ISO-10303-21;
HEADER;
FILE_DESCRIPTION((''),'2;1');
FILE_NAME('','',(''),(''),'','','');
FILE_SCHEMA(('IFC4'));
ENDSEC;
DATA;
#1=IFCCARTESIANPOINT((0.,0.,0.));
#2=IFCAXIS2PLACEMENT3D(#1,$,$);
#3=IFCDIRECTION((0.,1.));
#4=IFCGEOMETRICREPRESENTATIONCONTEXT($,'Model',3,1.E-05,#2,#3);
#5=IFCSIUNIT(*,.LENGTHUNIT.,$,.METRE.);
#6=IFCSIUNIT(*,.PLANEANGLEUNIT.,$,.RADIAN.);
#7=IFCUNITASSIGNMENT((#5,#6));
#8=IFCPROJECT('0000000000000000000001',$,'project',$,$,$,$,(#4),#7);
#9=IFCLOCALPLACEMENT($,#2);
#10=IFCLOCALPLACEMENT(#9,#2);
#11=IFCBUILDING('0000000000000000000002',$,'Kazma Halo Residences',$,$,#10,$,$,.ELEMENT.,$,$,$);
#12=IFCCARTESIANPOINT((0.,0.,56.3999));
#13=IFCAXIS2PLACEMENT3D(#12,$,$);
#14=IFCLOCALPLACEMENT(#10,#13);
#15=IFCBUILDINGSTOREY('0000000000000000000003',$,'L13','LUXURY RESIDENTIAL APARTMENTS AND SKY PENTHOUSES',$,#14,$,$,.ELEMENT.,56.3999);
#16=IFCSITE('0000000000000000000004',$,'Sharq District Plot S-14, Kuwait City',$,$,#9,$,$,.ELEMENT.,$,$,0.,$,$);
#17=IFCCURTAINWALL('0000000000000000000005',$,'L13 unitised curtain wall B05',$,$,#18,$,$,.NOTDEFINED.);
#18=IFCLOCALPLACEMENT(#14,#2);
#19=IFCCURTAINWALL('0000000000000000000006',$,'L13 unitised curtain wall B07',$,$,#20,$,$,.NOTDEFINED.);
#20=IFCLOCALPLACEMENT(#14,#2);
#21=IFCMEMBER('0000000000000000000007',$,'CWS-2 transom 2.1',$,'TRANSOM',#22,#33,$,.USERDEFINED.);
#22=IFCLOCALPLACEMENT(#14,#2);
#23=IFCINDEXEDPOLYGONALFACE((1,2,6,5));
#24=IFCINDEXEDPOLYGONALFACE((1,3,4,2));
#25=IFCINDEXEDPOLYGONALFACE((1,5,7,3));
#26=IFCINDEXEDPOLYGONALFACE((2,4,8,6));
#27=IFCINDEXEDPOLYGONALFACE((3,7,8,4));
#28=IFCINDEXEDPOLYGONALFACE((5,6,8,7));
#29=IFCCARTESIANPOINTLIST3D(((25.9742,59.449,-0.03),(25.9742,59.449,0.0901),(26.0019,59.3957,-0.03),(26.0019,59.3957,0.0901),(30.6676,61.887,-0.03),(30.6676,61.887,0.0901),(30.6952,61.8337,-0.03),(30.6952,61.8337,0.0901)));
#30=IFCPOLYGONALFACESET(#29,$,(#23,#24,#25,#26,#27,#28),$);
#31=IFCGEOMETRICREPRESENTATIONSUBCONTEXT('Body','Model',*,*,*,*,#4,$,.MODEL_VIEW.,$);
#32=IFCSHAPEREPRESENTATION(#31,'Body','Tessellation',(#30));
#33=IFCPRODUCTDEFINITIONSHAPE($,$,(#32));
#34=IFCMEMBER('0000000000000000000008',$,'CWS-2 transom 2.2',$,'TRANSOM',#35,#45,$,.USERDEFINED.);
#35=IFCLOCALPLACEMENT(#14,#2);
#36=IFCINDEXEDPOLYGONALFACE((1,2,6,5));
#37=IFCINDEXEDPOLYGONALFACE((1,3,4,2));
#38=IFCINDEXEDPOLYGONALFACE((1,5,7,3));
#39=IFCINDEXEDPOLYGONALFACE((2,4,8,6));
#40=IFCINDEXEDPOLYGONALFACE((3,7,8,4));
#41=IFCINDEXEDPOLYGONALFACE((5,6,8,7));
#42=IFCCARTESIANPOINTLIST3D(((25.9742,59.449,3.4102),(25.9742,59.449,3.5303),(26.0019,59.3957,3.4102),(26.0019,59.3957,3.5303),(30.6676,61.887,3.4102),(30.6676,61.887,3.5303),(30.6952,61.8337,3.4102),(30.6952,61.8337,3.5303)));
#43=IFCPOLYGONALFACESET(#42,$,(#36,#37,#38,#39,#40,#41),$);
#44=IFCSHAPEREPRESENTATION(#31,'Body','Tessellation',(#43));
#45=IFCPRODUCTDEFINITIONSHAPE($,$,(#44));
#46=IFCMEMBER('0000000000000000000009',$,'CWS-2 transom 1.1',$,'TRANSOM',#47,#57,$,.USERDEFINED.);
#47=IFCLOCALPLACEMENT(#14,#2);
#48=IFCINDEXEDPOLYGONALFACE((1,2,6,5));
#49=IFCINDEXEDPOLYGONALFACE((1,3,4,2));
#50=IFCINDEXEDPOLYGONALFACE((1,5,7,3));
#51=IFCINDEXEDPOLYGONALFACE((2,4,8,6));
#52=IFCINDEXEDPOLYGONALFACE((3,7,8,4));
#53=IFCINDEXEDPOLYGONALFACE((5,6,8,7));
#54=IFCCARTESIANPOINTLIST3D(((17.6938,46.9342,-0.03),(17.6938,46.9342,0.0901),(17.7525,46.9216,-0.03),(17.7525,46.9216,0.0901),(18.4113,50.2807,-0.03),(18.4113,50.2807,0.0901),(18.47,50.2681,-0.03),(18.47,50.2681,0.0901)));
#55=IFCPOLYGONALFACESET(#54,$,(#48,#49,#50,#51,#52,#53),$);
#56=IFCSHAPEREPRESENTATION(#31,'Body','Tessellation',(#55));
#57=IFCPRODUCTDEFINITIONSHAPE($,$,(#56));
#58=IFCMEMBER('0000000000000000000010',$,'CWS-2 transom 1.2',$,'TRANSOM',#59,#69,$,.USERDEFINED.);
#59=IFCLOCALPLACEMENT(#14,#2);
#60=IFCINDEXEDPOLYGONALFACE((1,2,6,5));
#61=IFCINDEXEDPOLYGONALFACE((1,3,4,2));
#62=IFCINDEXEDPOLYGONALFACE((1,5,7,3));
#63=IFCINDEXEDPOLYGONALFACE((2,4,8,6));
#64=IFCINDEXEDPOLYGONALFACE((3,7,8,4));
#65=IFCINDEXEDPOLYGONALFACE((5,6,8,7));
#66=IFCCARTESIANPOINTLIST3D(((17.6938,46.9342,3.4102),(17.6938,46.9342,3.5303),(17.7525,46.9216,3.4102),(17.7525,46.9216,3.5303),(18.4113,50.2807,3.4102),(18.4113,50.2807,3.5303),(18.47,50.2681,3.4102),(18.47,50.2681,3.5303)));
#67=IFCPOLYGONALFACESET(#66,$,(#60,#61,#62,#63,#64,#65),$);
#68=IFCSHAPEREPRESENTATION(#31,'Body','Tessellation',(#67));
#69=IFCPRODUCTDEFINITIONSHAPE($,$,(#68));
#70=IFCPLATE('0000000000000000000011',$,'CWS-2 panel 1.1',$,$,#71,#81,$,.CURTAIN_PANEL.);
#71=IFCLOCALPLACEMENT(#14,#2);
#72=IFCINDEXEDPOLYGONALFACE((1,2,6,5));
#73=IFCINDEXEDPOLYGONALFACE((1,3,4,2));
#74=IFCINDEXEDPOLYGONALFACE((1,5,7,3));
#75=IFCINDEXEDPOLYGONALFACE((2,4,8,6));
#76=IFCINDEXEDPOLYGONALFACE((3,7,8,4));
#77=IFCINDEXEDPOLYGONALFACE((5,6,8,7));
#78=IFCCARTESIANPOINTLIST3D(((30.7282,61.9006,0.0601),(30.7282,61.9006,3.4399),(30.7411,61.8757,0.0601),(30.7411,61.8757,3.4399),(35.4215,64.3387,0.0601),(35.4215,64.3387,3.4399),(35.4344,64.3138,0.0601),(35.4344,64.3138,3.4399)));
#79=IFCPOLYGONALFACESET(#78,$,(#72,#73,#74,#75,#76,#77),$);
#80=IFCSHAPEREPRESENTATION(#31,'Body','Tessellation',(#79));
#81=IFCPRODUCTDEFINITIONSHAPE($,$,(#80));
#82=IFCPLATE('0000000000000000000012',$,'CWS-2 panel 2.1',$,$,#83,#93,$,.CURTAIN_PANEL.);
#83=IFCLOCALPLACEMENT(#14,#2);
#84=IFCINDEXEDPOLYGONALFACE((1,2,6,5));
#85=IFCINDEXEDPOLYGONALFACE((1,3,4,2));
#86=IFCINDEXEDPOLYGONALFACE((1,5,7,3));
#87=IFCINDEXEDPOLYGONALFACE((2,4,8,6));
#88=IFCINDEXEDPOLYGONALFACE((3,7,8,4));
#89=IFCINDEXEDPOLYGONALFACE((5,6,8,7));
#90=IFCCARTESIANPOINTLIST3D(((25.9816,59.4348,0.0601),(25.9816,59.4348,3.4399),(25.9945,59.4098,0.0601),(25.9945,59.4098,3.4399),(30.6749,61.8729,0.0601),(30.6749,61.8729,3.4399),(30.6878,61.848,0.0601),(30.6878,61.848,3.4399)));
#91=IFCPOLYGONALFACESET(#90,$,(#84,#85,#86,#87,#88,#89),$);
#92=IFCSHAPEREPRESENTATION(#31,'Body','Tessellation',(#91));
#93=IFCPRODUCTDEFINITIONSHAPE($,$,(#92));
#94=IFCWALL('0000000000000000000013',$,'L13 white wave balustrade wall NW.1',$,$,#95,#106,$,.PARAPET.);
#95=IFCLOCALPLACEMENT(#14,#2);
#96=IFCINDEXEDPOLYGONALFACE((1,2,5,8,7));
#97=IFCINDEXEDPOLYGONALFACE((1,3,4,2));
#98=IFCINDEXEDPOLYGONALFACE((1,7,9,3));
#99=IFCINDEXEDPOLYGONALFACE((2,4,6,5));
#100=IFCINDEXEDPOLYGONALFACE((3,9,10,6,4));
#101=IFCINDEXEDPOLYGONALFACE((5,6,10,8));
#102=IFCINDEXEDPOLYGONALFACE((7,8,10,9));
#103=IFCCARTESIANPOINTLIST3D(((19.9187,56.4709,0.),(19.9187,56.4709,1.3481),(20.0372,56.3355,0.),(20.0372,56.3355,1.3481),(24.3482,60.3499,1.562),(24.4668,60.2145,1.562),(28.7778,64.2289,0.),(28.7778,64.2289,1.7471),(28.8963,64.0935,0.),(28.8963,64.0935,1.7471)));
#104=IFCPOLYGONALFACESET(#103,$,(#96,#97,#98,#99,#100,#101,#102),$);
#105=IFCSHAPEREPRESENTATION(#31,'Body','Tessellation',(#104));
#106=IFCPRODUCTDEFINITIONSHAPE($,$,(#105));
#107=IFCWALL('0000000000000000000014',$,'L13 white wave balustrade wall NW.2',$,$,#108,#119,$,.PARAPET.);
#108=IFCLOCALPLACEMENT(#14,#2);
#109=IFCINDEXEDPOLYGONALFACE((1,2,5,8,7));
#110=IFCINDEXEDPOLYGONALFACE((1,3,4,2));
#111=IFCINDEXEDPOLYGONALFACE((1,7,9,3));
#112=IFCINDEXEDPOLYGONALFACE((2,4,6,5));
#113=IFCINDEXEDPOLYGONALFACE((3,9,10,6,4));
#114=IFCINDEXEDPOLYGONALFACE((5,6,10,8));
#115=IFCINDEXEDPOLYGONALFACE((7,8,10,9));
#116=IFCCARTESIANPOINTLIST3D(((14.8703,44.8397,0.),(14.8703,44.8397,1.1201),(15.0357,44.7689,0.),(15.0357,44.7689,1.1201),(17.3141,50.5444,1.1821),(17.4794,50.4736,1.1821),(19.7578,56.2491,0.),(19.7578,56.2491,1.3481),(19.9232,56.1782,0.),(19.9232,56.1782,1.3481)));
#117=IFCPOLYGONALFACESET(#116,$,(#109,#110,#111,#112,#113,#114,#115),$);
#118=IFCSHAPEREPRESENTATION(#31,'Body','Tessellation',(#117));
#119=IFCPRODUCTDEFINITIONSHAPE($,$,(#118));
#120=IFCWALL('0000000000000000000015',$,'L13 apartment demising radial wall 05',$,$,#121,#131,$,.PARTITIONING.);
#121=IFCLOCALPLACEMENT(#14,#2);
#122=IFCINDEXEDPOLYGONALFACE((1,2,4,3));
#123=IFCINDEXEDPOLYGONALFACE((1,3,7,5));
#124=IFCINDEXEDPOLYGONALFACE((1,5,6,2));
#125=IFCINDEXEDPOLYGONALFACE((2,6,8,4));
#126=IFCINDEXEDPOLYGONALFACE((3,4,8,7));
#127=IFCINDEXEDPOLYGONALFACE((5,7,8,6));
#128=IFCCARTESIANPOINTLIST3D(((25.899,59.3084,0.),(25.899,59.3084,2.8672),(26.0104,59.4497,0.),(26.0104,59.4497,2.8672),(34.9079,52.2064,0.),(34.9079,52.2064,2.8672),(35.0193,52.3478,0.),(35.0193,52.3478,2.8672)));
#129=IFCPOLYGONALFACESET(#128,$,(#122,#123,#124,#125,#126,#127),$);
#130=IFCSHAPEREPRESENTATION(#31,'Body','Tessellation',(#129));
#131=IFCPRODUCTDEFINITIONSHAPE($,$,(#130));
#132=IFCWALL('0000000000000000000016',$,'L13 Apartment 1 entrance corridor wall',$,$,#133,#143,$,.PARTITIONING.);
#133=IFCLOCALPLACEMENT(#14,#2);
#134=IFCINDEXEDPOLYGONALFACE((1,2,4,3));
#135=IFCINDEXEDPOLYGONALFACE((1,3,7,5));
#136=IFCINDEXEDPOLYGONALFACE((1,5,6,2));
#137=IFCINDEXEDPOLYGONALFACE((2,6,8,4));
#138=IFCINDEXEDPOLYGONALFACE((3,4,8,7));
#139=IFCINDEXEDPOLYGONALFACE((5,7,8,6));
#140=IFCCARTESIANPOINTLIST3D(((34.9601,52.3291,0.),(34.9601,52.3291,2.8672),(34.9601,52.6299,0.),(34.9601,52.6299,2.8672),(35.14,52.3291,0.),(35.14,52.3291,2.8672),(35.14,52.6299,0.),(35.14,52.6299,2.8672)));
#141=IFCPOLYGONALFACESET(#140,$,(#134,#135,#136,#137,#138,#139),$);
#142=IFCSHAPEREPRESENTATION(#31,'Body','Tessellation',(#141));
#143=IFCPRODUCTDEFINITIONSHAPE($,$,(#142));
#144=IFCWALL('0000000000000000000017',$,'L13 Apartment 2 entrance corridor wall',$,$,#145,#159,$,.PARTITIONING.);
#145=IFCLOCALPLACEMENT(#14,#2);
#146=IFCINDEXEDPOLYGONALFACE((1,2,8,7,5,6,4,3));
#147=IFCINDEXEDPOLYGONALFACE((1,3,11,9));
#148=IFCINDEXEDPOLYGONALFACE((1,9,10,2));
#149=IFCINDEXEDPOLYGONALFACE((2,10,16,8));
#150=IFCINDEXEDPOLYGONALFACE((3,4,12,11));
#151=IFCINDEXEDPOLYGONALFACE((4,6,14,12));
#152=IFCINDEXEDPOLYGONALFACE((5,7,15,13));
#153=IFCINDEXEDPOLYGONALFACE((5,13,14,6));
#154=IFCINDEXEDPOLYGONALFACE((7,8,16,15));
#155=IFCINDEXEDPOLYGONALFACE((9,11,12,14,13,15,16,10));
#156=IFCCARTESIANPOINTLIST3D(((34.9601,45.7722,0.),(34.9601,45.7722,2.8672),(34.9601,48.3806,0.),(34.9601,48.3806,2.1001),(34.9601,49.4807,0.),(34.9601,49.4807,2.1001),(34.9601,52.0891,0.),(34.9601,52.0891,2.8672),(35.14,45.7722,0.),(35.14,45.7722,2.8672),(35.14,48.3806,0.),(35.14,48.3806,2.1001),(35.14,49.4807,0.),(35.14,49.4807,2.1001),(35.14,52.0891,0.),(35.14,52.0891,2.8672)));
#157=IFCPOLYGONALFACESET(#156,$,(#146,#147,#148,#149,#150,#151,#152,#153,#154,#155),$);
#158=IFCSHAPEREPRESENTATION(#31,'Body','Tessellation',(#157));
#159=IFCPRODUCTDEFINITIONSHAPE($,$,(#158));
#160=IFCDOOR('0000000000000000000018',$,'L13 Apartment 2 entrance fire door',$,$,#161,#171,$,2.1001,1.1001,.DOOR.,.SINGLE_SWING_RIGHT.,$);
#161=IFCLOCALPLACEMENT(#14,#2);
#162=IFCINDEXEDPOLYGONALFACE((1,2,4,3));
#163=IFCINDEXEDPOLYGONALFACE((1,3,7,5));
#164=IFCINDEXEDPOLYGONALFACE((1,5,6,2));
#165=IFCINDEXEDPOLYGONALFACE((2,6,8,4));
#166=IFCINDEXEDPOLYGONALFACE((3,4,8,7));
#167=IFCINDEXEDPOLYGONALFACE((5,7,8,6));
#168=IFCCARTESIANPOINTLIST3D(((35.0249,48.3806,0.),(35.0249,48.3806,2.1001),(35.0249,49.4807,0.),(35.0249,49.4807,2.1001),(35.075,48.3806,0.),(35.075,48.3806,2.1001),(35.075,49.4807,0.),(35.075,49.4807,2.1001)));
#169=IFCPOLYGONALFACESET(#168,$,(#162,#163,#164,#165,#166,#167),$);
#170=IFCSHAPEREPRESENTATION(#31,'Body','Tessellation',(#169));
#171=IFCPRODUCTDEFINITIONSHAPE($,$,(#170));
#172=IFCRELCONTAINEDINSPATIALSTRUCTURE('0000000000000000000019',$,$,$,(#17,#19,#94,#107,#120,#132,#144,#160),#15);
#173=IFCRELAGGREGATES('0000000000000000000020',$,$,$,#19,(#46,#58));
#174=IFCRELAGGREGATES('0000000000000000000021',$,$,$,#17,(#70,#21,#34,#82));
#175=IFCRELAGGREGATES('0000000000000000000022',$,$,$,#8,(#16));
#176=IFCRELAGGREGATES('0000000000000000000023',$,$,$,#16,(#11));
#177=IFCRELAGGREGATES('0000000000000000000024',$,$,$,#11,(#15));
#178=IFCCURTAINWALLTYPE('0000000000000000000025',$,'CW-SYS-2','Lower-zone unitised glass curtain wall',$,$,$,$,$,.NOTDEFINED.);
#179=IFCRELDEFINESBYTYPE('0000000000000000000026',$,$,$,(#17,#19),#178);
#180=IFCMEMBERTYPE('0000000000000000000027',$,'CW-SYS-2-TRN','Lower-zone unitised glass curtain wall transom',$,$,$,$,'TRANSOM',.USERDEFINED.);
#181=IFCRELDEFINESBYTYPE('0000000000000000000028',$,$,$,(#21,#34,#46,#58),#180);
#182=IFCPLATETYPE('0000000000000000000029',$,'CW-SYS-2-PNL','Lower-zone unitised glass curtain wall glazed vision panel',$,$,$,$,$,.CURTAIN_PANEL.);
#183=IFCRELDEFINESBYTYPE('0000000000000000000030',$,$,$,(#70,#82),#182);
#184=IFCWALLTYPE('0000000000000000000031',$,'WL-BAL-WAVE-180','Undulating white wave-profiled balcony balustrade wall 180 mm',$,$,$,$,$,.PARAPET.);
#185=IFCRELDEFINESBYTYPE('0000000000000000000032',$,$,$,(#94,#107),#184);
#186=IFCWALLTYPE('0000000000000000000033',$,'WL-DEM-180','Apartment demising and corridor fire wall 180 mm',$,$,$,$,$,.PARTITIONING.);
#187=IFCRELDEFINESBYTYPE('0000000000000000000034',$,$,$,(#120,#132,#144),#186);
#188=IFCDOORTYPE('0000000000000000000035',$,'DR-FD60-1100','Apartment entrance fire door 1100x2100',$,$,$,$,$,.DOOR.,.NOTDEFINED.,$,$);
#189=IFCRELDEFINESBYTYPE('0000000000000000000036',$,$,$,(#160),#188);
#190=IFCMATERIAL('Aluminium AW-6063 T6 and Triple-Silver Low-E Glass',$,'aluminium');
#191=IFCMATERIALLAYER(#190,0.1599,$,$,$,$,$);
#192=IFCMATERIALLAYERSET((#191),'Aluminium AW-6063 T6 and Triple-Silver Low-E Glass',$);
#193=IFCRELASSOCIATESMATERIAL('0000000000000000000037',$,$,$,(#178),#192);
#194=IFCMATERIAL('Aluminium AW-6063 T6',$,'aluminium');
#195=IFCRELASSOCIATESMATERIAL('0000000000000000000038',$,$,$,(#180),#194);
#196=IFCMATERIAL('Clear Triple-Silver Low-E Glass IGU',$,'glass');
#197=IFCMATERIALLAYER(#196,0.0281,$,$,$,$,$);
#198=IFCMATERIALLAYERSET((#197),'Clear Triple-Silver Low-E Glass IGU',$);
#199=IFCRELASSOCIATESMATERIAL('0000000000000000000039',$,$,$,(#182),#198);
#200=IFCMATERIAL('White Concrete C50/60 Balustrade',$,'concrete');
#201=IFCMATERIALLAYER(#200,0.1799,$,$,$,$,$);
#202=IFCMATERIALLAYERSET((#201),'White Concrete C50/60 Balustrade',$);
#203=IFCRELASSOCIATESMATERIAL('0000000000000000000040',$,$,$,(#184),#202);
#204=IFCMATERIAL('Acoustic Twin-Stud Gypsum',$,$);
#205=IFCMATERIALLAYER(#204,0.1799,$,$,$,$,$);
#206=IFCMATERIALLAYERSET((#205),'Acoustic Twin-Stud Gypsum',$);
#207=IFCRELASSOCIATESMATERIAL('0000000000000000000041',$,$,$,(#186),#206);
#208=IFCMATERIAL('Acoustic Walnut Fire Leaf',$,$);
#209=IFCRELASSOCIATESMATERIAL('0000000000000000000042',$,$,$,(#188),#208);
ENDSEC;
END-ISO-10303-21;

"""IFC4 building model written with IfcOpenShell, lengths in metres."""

from ifc_helpers import new_model, si_unit, direction, frame, frame_2d, origin, origin_2d, place, context, subcontext, project, spatial, polyline, rectangle, outline, extrude, material, layer, layer_set, material_profile, profile_set, type_object, element, fill, aggregate, save


model = new_model("IFC4")

# Units and contexts
model_context = context("Model", 3, precision=1e-05, world=origin(), true_north=direction((0.0, 1.0)))
body_context = subcontext(model_context, "Body", "Model", "MODEL_VIEW")
ifc_project = project(units=[si_unit("LENGTHUNIT", "METRE"), si_unit("PLANEANGLEUNIT", "RADIAN")], contexts=[model_context])

# Site, building, storey
site_placement = place(None, origin())
site = spatial("IfcSite", under=ifc_project, at=site_placement, Name="Sharq District Plot S-14, Kuwait City", CompositionType="ELEMENT", RefElevation=0.0)
building_placement = place(site_placement, origin())
building = spatial("IfcBuilding", under=site, at=building_placement, Name="Kazma Halo Residences", CompositionType="ELEMENT")
storey_placement = place(building_placement, frame((0.0, 0.0, 56.3999)))
storey = spatial("IfcBuildingStorey", under=building, at=storey_placement, Name="L13", Description="LUXURY RESIDENTIAL APARTMENTS AND SKY PENTHOUSES", CompositionType="ELEMENT", Elevation=56.3999)

# Curtain wall
ifc_material_1 = material(Name="Aluminium AW-6063 T6 and Triple-Silver Low-E Glass", Category="aluminium")
ifc_layer_1 = layer(ifc_material_1, 0.1599)
ifc_layer_set_1 = layer_set([ifc_layer_1], Name="Aluminium AW-6063 T6 and Triple-Silver Low-E Glass")
curtain_wall_type = type_object("IfcCurtainWallType", Name="CW-SYS-2", Description="Lower-zone unitised glass curtain wall", PredefinedType="NOTDEFINED", material=ifc_layer_set_1)
curtain_wall_1_placement = place(storey_placement, origin())
curtain_wall_1 = element("IfcCurtainWall", 1, at=curtain_wall_1_placement, inside=storey, type_object=curtain_wall_type, Name="L13 unitised curtain wall B05", PredefinedType="NOTDEFINED")
ifc_material_2 = material(Name="Aluminium AW-6063 T6", Category="aluminium")

# Curtain wall
curtain_wall_2_placement = place(storey_placement, origin())
curtain_wall_2 = element("IfcCurtainWall", 2, at=curtain_wall_2_placement, inside=storey, type_object=curtain_wall_type, Name="L13 unitised curtain wall B07", PredefinedType="NOTDEFINED")

# Members
ifc_material_profile_1 = material_profile(ifc_material_2, rectangle(XDim=0.0601, YDim=0.1201, at=origin_2d()), Name="CWT-60x120")
ifc_profile_set_1 = profile_set([ifc_material_profile_1], Name="Aluminium AW-6063 T6")
member_type_1 = type_object("IfcMemberType", Name="CW-SYS-2-TRN", Description="Lower-zone unitised glass curtain wall transom", ElementType="TRANSOM", PredefinedType="USERDEFINED", material=ifc_profile_set_1)
member_1_placement = place(storey_placement, frame((30.6814, 61.8604, 0.03), z_axis=(-0.887415, -0.460972, 0.0), x_axis=(0.460972, -0.887415, 0.0)))
member_1 = element("IfcMember", 3, at=member_1_placement, type_object=member_type_1, Name="CWS-2 transom 2.1", ObjectType="TRANSOM", PredefinedType="USERDEFINED", context=body_context, shape_type="SweptSolid", body=[
    extrude(rectangle(XDim=0.0601, YDim=0.1201, at=origin_2d()), origin(), (0.0, 0.0, 1.0), 5.2888),
])
member_2_placement = place(storey_placement, frame((30.6814, 61.8604, 3.4702), z_axis=(-0.887415, -0.460972, 0.0), x_axis=(0.460972, -0.887415, 0.0)))
member_2 = element("IfcMember", 4, at=member_2_placement, type_object=member_type_1, Name="CWS-2 transom 2.2", ObjectType="TRANSOM", PredefinedType="USERDEFINED", context=body_context, shape_type="SweptSolid", body=[
    extrude(rectangle(XDim=0.0601, YDim=0.1201, at=origin_2d()), origin(), (0.0, 0.0, 1.0), 5.2888),
])
member_3_placement = place(storey_placement, frame((18.4407, 50.2744, 0.03), z_axis=(-0.209651, -0.977776, 0.0), x_axis=(0.977776, -0.209651, 0.0)))
member_3 = element("IfcMember", 5, at=member_3_placement, type_object=member_type_1, Name="CWS-2 transom 1.1", ObjectType="TRANSOM", PredefinedType="USERDEFINED", context=body_context, shape_type="SweptSolid", body=[
    extrude(rectangle(XDim=0.0601, YDim=0.1201, at=origin_2d()), origin(), (0.0, 0.0, 1.0), 3.4226),
])
member_4_placement = place(storey_placement, frame((18.4407, 50.2744, 3.4702), z_axis=(-0.209651, -0.977776, 0.0), x_axis=(0.977776, -0.209651, 0.0)))
member_4 = element("IfcMember", 6, at=member_4_placement, type_object=member_type_1, Name="CWS-2 transom 1.2", ObjectType="TRANSOM", PredefinedType="USERDEFINED", context=body_context, shape_type="SweptSolid", body=[
    extrude(rectangle(XDim=0.0601, YDim=0.1201, at=origin_2d()), origin(), (0.0, 0.0, 1.0), 3.4226),
])
aggregate(curtain_wall_2, [member_3, member_4])

# Plates
ifc_material_3 = material(Name="Clear Triple-Silver Low-E Glass IGU", Category="glass")
ifc_layer_2 = layer(ifc_material_3, 0.0281)
ifc_layer_set_2 = layer_set([ifc_layer_2], Name="Clear Triple-Silver Low-E Glass IGU")
plate_type = type_object("IfcPlateType", Name="CW-SYS-2-PNL", Description="Lower-zone unitised glass curtain wall glazed vision panel", PredefinedType="CURTAIN_PANEL", material=ifc_layer_set_2)
plate_1_placement = place(storey_placement, frame((33.0813, 63.1072, 0.0601), z_axis=(0.0, 0.0, 1.0), x_axis=(-0.887402, -0.460996, 0.0)))
plate_1 = element("IfcPlate", 7, at=plate_1_placement, type_object=plate_type, Name="CWS-2 panel 1.1", PredefinedType="CURTAIN_PANEL", context=body_context, shape_type="SweptSolid", body=[
    extrude(rectangle(XDim=5.2888, YDim=0.0281, at=origin_2d()), origin(), (0.0, 0.0, 1.0), 3.3799),
])
plate_2_placement = place(storey_placement, frame((28.3347, 60.6414, 0.0601), z_axis=(0.0, 0.0, 1.0), x_axis=(-0.887402, -0.460996, 0.0)))
plate_2 = element("IfcPlate", 8, at=plate_2_placement, type_object=plate_type, Name="CWS-2 panel 2.1", PredefinedType="CURTAIN_PANEL", context=body_context, shape_type="SweptSolid", body=[
    extrude(rectangle(XDim=5.2888, YDim=0.0281, at=origin_2d()), origin(), (0.0, 0.0, 1.0), 3.3799),
])
aggregate(curtain_wall_1, [plate_1, member_1, member_2, plate_2])

# Walls
ifc_material_4 = material(Name="White Concrete C50/60 Balustrade", Category="concrete")
ifc_layer_3 = layer(ifc_material_4, 0.1799)
ifc_layer_set_3 = layer_set([ifc_layer_3], Name="White Concrete C50/60 Balustrade")
wall_type_1 = type_object("IfcWallType", Name="WL-BAL-WAVE-180", Description="Undulating white wave-profiled balcony balustrade wall 180 mm", PredefinedType="PARAPET", material=ifc_layer_set_3)
wall_1_placement = place(storey_placement, frame((28.8372, 64.1611, 0.0), z_axis=(0.0, 0.0, 1.0), x_axis=(-0.752311, -0.658808, 0.0)))
element("IfcWall", 9, at=wall_1_placement, inside=storey, type_object=wall_type_1, Name="L13 white wave balustrade wall NW.1", PredefinedType="PARAPET", context=body_context, shape_type="SweptSolid", body=[
    extrude(outline(polyline([(0.0, 0.0), (11.7759, 0.0), (11.7759, 1.3481), (5.8879, 1.562), (0.0, 1.7471), (0.0, 0.0)])), frame((0.0, 0.0898, 0.0), z_axis=(0.0, -1.0, 0.0), x_axis=(1.0, 0.0, 0.0)), (0.0, 0.0, 1.0), 0.1799),
])
wall_2_placement = place(storey_placement, frame((19.8406, 56.2136, 0.0), z_axis=(0.0, 0.0, 1.0), x_axis=(-0.393763, -0.919212, 0.0)))
element("IfcWall", 10, at=wall_2_placement, inside=storey, type_object=wall_type_1, Name="L13 white wave balustrade wall NW.2", PredefinedType="PARAPET", context=body_context, shape_type="SweptSolid", body=[
    extrude(outline(polyline([(0.0, 0.0), (12.4121, 0.0), (12.4121, 1.1201), (6.2061, 1.1821), (0.0, 1.3481), (0.0, 0.0)])), frame((0.0, 0.0898, 0.0), z_axis=(0.0, -1.0, 0.0), x_axis=(1.0, 0.0, 0.0)), (0.0, 0.0, 1.0), 0.1799),
])
ifc_material_5 = material(Name="Acoustic Twin-Stud Gypsum")
ifc_layer_4 = layer(ifc_material_5, 0.1799)
ifc_layer_set_4 = layer_set([ifc_layer_4], Name="Acoustic Twin-Stud Gypsum")
wall_type_2 = type_object("IfcWallType", Name="WL-DEM-180", Description="Apartment demising and corridor fire wall 180 mm", PredefinedType="PARTITIONING", material=ifc_layer_set_4)
wall_3_placement = place(storey_placement, frame((34.9636, 52.2771, 0.0), z_axis=(0.0, 0.0, 1.0), x_axis=(-0.785321, 0.619089, 0.0)))
element("IfcWall", 11, at=wall_3_placement, inside=storey, type_object=wall_type_2, Name="L13 apartment demising radial wall 05", PredefinedType="PARTITIONING", context=body_context, shape_type="SweptSolid", body=[
    extrude(rectangle(XDim=11.4717, YDim=0.1799, at=frame_2d((5.7358, 0.0))), origin(), (0.0, 0.0, 1.0), 2.8672),
])
wall_4_placement = place(storey_placement, frame((35.05, 52.6299, 0.0), z_axis=(0.0, 0.0, 1.0), x_axis=(0.0, -1.0, 0.0)))
element("IfcWall", 12, at=wall_4_placement, inside=storey, type_object=wall_type_2, Name="L13 Apartment 1 entrance corridor wall", PredefinedType="PARTITIONING", context=body_context, shape_type="SweptSolid", body=[
    extrude(rectangle(XDim=0.3008, YDim=0.1799, at=frame_2d((0.1504, 0.0))), origin(), (0.0, 0.0, 1.0), 2.8672),
])

# Wall, opening, door
wall_5_placement = place(storey_placement, frame((35.05, 52.0891, 0.0), z_axis=(0.0, 0.0, 1.0), x_axis=(0.0, -1.0, 0.0)))
wall_5 = element("IfcWall", 13, at=wall_5_placement, inside=storey, type_object=wall_type_2, Name="L13 Apartment 2 entrance corridor wall", PredefinedType="PARTITIONING", context=body_context, shape_type="SweptSolid", body=[
    extrude(rectangle(XDim=6.3169, YDim=0.1799, at=frame_2d((3.1584, 0.0))), origin(), (0.0, 0.0, 1.0), 2.8672),
])
opening_1_placement = place(wall_5_placement, frame((2.6084, 0.0, 0.0)))
opening_1 = element("IfcOpeningElement", 14, at=opening_1_placement, cuts=wall_5, PredefinedType="OPENING", context=body_context, shape_type="SweptSolid", body=[
    extrude(rectangle(XDim=1.1001, YDim=2.1001, at=frame_2d((0.55, 1.05))), frame((0.0, 0.0999, 0.0), z_axis=(0.0, -1.0, 0.0), x_axis=(1.0, 0.0, 0.0)), (0.0, 0.0, 1.0), 0.2),
])
ifc_material_6 = material(Name="Acoustic Walnut Fire Leaf")
door_type_1 = type_object("IfcDoorType", Name="DR-FD60-1100", Description="Apartment entrance fire door 1100x2100", OperationType="NOTDEFINED", PredefinedType="DOOR", material=ifc_material_6)
door_1_placement = place(opening_1_placement, origin())
door_1 = element("IfcDoor", 15, at=door_1_placement, inside=storey, type_object=door_type_1, Name="L13 Apartment 2 entrance fire door", OperationType="SINGLE_SWING_RIGHT", OverallHeight=2.1001, OverallWidth=1.1001, PredefinedType="DOOR", context=body_context, shape_type="SweptSolid", body=[
    extrude(rectangle(XDim=1.1001, YDim=2.1001, at=frame_2d((0.55, 1.05))), frame((0.0, 0.0249, 0.0), z_axis=(0.0, -1.0, 0.0), x_axis=(1.0, 0.0, 0.0)), (0.0, 0.0, 1.0), 0.05),
])
fill(opening_1, door_1)

save(model, "model.ifc")
